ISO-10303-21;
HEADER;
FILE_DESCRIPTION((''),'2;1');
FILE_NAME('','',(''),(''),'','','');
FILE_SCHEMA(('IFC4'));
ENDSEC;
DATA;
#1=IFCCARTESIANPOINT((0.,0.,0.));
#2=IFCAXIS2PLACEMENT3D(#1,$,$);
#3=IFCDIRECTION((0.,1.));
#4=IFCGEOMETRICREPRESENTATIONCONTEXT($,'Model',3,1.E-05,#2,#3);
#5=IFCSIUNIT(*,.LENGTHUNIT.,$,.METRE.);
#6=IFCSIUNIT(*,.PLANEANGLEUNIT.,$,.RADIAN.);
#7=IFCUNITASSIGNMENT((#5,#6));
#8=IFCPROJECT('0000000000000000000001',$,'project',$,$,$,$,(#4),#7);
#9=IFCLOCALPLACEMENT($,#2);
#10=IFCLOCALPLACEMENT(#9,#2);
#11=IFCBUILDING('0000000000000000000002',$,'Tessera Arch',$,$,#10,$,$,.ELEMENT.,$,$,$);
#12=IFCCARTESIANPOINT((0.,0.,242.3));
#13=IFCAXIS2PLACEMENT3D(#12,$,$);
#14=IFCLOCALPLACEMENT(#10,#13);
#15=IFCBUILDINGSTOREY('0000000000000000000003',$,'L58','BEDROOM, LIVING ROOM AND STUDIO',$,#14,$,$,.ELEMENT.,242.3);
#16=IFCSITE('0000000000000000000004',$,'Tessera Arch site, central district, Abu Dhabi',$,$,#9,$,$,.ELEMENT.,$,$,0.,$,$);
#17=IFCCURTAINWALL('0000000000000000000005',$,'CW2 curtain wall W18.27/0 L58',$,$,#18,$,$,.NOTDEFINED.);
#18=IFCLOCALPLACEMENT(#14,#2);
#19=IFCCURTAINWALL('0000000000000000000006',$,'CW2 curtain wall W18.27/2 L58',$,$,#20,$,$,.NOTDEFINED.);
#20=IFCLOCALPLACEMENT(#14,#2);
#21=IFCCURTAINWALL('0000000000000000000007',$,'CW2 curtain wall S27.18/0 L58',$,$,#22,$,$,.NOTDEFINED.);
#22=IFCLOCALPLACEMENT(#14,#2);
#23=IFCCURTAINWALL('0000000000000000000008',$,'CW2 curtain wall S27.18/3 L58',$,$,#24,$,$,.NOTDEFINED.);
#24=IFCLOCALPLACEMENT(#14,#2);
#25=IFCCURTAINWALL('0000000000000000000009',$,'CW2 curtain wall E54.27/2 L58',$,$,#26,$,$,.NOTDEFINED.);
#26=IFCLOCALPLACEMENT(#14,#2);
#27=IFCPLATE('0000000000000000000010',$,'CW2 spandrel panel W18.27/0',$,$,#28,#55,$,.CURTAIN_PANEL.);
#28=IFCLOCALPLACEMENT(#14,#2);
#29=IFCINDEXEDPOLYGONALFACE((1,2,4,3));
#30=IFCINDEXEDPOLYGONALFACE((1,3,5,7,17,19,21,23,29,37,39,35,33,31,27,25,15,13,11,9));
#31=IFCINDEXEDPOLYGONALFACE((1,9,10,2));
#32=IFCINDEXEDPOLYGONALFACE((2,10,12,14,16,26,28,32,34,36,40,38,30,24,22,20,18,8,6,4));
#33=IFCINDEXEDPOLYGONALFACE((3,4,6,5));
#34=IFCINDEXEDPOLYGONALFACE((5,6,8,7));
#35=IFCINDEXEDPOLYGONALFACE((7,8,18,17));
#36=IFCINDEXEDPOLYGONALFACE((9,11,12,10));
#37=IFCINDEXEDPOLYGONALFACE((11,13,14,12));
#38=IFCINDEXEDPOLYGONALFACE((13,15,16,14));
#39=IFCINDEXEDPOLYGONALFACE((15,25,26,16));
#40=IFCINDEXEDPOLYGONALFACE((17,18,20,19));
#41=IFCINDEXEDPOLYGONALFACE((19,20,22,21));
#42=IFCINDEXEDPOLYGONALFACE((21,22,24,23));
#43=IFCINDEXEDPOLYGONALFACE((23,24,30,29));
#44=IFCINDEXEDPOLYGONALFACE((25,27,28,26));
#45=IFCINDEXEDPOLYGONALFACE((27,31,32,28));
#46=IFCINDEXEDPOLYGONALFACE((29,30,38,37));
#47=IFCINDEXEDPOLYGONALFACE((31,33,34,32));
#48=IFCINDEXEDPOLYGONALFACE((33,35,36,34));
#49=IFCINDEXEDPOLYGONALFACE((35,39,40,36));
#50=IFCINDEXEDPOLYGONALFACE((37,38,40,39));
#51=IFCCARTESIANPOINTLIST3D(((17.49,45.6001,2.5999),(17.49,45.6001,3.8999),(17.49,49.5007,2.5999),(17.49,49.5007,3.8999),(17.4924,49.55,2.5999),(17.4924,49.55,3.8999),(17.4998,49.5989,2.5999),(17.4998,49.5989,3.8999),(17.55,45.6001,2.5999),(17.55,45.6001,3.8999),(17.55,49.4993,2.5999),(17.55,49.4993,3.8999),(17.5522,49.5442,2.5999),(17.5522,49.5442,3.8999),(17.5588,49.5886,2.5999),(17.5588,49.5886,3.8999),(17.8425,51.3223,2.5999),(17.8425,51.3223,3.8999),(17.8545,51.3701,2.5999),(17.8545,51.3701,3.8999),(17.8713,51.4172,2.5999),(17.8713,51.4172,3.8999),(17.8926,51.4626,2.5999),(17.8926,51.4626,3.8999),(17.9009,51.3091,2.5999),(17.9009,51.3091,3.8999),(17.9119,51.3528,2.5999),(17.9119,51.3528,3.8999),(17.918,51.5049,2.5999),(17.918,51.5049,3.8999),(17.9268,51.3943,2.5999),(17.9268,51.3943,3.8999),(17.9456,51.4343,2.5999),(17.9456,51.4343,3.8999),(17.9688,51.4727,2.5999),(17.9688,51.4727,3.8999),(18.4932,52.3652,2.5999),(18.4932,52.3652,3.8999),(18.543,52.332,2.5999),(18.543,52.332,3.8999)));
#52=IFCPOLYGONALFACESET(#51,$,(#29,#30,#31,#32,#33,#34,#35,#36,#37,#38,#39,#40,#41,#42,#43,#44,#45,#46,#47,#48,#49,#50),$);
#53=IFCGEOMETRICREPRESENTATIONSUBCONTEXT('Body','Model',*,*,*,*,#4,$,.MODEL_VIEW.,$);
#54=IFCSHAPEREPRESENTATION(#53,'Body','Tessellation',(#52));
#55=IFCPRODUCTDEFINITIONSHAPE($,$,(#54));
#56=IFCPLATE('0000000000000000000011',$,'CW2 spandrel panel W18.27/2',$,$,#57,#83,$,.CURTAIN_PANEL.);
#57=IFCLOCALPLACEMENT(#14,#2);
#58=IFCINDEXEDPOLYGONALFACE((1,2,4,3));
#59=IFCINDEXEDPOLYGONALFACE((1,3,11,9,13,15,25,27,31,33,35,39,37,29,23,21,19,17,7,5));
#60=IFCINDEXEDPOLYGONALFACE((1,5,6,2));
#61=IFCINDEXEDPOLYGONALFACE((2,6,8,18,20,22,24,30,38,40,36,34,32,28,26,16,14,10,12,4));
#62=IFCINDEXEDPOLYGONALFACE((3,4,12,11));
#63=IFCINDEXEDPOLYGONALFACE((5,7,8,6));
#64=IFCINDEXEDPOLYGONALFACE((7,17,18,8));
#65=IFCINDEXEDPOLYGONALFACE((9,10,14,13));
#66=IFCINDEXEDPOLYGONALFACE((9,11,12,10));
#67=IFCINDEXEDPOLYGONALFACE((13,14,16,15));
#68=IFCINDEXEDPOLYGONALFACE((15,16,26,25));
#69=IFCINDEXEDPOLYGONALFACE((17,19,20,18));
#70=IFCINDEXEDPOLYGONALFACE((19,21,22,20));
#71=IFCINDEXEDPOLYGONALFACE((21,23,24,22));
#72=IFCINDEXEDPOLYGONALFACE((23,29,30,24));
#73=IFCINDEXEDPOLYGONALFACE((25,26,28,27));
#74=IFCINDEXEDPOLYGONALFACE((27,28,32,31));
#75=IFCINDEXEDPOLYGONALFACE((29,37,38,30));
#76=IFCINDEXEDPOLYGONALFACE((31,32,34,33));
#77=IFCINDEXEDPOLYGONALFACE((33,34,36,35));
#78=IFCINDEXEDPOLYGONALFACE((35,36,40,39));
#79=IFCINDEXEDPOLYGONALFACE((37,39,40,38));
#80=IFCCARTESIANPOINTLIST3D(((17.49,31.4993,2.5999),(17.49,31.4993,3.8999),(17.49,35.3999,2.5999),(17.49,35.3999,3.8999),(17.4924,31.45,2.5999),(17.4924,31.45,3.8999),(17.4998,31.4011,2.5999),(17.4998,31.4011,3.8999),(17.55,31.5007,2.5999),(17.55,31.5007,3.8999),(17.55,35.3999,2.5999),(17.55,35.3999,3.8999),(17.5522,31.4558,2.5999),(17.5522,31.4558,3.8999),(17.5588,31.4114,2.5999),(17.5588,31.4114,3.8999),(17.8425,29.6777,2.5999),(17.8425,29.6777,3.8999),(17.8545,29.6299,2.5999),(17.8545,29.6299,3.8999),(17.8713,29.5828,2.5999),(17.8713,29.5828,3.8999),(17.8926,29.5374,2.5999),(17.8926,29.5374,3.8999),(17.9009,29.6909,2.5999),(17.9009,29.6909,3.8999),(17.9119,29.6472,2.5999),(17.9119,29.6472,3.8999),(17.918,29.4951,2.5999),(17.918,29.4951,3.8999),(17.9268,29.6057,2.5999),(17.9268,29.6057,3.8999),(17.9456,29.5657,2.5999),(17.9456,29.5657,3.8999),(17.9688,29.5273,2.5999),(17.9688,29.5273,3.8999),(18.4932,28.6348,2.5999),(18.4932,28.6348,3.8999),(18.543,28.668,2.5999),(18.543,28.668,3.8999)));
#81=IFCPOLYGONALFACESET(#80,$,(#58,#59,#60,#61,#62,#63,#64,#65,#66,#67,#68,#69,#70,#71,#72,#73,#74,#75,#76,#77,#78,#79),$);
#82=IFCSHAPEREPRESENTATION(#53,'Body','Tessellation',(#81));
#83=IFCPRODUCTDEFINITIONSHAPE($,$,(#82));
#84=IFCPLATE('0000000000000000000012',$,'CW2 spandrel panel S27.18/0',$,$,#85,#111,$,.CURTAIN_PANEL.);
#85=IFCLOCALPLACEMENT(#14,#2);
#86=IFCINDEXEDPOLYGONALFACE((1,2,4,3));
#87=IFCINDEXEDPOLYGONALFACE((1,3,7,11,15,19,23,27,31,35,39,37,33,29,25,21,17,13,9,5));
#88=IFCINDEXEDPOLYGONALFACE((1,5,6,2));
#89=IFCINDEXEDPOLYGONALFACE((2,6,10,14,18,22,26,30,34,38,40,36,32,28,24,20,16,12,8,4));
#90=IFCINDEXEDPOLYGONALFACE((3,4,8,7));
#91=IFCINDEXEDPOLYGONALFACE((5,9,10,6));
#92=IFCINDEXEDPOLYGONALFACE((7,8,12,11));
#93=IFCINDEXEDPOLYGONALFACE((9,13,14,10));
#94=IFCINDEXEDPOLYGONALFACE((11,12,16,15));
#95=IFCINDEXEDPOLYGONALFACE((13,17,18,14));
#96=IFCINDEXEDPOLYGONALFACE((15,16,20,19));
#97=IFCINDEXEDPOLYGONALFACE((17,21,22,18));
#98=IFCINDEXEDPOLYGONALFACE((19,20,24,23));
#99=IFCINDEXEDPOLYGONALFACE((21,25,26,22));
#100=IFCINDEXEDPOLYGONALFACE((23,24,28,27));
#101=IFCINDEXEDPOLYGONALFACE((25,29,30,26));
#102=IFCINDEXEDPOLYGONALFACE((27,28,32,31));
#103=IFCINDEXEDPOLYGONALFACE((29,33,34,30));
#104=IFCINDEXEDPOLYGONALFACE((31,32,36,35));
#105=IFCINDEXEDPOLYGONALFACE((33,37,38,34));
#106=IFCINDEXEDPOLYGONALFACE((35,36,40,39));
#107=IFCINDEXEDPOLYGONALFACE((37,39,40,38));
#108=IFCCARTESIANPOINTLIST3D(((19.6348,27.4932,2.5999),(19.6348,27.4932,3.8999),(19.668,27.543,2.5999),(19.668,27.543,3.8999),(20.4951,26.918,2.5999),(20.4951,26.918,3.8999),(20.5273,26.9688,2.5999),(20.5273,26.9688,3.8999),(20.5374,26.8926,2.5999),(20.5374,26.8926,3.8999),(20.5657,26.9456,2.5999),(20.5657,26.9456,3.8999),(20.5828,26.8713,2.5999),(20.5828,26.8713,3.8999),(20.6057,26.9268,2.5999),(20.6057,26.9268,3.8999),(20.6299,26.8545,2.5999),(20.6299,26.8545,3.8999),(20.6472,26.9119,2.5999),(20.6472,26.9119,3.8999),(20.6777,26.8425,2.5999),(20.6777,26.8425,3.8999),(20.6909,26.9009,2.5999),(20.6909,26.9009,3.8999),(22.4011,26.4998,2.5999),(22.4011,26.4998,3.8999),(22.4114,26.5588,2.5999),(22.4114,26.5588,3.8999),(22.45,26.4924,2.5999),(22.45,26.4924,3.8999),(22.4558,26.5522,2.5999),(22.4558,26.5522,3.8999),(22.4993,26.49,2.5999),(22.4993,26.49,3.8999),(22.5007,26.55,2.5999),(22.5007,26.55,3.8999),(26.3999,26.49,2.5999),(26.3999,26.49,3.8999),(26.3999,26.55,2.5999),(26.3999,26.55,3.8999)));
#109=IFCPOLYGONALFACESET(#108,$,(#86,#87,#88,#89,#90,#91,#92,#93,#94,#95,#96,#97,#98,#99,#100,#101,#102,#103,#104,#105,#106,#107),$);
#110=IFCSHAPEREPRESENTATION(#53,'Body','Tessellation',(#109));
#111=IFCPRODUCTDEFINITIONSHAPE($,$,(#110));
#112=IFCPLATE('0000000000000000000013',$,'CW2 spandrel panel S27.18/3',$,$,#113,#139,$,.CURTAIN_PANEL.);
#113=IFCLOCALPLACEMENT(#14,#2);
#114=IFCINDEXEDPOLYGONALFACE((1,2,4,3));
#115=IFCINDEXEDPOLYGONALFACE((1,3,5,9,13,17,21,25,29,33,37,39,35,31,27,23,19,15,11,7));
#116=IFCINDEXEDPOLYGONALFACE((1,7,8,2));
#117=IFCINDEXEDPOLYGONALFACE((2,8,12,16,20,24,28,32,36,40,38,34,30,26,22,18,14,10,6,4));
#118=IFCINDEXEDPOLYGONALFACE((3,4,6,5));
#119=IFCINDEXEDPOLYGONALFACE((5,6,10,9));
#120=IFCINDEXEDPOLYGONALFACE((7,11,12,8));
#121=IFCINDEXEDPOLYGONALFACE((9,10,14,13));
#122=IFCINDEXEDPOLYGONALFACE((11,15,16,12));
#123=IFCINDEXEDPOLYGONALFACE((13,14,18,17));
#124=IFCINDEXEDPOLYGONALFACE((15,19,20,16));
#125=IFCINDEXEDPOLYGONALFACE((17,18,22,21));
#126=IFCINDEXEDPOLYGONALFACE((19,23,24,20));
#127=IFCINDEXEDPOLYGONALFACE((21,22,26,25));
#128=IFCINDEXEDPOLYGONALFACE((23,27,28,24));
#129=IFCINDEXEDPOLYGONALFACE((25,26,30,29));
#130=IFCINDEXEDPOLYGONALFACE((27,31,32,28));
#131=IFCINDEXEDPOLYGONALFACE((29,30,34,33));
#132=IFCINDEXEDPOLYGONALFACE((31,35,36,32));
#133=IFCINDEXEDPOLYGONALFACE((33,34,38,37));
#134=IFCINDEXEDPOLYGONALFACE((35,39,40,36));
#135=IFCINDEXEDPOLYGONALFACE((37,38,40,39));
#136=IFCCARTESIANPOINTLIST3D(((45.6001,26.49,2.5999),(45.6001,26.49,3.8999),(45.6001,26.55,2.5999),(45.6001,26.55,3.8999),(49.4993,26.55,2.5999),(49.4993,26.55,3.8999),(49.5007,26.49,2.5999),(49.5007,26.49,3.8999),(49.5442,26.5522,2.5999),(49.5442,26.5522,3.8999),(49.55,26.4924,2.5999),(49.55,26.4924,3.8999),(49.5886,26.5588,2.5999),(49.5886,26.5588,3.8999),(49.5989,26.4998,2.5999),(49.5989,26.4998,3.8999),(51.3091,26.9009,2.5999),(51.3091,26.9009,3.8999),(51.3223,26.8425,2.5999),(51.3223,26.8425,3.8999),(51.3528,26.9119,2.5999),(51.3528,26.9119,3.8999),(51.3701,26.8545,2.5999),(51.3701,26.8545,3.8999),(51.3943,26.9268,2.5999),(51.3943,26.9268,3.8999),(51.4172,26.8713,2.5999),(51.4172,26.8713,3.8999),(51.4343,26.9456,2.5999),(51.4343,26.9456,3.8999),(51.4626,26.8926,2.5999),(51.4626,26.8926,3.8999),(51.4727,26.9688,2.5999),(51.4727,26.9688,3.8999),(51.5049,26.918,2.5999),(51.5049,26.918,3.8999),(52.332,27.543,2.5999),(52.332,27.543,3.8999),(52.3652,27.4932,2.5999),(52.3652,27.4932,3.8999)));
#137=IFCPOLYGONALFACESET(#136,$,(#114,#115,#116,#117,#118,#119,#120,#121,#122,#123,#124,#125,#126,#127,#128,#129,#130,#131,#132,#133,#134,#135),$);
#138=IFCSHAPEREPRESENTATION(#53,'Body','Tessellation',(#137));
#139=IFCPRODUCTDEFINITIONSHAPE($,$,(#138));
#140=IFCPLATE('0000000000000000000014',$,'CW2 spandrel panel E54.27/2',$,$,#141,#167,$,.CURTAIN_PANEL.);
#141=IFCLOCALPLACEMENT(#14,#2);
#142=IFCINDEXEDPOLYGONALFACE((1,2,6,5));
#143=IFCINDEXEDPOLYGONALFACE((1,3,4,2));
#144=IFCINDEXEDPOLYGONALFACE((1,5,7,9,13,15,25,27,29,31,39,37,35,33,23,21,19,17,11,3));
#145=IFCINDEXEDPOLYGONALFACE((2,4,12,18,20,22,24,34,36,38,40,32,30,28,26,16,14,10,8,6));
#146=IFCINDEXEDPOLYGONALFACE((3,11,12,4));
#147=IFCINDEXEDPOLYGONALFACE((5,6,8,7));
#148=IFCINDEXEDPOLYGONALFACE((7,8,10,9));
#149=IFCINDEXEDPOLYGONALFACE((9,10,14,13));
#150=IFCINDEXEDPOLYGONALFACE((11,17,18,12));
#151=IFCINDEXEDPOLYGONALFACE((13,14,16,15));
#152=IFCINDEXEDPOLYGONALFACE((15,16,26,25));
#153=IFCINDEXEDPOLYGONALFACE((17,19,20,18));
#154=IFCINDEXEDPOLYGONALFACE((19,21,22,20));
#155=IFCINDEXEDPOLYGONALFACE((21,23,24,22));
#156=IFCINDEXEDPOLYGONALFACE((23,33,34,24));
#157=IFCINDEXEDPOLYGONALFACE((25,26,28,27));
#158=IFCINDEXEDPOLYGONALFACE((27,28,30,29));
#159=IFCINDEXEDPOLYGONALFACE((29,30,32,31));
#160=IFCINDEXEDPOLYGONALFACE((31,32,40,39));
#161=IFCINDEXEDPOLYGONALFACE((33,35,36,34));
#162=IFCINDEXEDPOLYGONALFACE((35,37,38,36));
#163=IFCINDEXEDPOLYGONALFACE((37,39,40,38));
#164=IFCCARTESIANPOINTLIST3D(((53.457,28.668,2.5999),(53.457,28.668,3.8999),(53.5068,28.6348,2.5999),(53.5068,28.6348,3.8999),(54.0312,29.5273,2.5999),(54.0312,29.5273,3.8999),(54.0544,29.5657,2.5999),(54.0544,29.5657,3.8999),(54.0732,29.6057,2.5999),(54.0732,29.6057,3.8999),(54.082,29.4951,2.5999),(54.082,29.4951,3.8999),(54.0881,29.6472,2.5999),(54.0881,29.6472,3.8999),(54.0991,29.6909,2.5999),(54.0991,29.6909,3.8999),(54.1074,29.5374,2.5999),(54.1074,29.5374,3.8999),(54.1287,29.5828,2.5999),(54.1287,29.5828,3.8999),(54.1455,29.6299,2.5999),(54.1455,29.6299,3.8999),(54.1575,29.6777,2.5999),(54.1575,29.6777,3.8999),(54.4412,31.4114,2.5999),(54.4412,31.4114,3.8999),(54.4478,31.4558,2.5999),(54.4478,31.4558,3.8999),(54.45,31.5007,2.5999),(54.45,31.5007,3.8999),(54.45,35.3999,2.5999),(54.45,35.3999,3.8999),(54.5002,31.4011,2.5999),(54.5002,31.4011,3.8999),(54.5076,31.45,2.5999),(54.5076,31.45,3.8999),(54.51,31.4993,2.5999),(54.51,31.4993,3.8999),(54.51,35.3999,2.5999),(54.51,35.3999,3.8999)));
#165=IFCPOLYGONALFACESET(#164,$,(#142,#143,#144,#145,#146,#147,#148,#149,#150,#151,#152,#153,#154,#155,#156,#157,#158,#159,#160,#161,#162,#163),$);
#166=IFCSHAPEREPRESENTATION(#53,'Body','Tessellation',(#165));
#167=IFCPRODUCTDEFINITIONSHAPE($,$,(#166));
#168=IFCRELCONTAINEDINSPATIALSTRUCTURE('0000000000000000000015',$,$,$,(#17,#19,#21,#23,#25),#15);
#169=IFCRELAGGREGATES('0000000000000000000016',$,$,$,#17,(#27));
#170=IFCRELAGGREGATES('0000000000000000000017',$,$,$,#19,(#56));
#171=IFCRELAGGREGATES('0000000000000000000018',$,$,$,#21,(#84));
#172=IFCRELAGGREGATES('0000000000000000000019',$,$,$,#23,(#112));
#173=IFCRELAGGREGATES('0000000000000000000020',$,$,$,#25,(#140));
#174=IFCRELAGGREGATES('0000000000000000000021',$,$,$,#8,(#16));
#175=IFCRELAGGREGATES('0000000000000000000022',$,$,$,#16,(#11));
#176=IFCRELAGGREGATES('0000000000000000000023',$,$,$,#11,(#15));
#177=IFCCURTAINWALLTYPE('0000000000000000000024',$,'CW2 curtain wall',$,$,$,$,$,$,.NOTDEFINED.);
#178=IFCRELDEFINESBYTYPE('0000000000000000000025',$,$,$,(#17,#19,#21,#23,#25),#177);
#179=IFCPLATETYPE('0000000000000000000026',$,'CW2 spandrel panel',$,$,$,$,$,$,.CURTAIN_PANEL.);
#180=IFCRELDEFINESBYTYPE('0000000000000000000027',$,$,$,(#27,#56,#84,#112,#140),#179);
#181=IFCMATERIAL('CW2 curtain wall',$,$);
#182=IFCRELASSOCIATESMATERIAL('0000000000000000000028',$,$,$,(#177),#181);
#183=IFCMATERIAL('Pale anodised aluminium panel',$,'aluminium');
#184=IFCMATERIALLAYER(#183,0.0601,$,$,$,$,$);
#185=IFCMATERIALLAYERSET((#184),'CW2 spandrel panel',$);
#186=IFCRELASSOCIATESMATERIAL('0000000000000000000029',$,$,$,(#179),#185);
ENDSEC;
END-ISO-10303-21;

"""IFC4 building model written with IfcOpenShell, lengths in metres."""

from ifc_helpers import new_model, si_unit, direction, frame, origin, place, context, subcontext, project, spatial, polyline, outline, extrude, material, layer, layer_set, type_object, element, aggregate, save


model = new_model("IFC4")

# Units and contexts
model_context = context("Model", 3, precision=1e-05, world=origin(), true_north=direction((0.0, 1.0)))
body_context = subcontext(model_context, "Body", "Model", "MODEL_VIEW")
ifc_project = project(units=[si_unit("LENGTHUNIT", "METRE"), si_unit("PLANEANGLEUNIT", "RADIAN")], contexts=[model_context])

# Site, building, storey
site_placement = place(None, origin())
site = spatial("IfcSite", under=ifc_project, at=site_placement, Name="Tessera Arch site, central district, Abu Dhabi", CompositionType="ELEMENT", RefElevation=0.0)
building_placement = place(site_placement, origin())
building = spatial("IfcBuilding", under=site, at=building_placement, Name="Tessera Arch", CompositionType="ELEMENT")
storey_placement = place(building_placement, frame((0.0, 0.0, 242.3)))
storey = spatial("IfcBuildingStorey", under=building, at=storey_placement, Name="L58", Description="BEDROOM, LIVING ROOM AND STUDIO", CompositionType="ELEMENT", Elevation=242.3)

# Curtain walls
ifc_material_1 = material(Name="CW2 curtain wall")
curtain_wall_type = type_object("IfcCurtainWallType", Name="CW2 curtain wall", PredefinedType="NOTDEFINED", material=ifc_material_1)
curtain_wall_1_placement = place(storey_placement, origin())
curtain_wall_1 = element("IfcCurtainWall", 1, at=curtain_wall_1_placement, inside=storey, type_object=curtain_wall_type, Name="CW2 curtain wall W18.27/0 L58", PredefinedType="NOTDEFINED")
curtain_wall_2_placement = place(storey_placement, origin())
curtain_wall_2 = element("IfcCurtainWall", 2, at=curtain_wall_2_placement, inside=storey, type_object=curtain_wall_type, Name="CW2 curtain wall W18.27/2 L58", PredefinedType="NOTDEFINED")
curtain_wall_3_placement = place(storey_placement, origin())
curtain_wall_3 = element("IfcCurtainWall", 3, at=curtain_wall_3_placement, inside=storey, type_object=curtain_wall_type, Name="CW2 curtain wall S27.18/0 L58", PredefinedType="NOTDEFINED")
curtain_wall_4_placement = place(storey_placement, origin())
curtain_wall_4 = element("IfcCurtainWall", 4, at=curtain_wall_4_placement, inside=storey, type_object=curtain_wall_type, Name="CW2 curtain wall S27.18/3 L58", PredefinedType="NOTDEFINED")
curtain_wall_5_placement = place(storey_placement, origin())
curtain_wall_5 = element("IfcCurtainWall", 5, at=curtain_wall_5_placement, inside=storey, type_object=curtain_wall_type, Name="CW2 curtain wall E54.27/2 L58", PredefinedType="NOTDEFINED")

# Plates
ifc_material_2 = material(Name="Pale anodised aluminium panel", Category="aluminium")
ifc_layer_1 = layer(ifc_material_2, 0.0601)
ifc_layer_set_1 = layer_set([ifc_layer_1], Name="CW2 spandrel panel")
plate_type_1 = type_object("IfcPlateType", Name="CW2 spandrel panel", PredefinedType="CURTAIN_PANEL", material=ifc_layer_set_1)
plate_1_placement = place(storey_placement, frame((0.0, 0.0, 2.5999)))
plate_1 = element("IfcPlate", 6, at=plate_1_placement, type_object=plate_type_1, Name="CW2 spandrel panel W18.27/0", PredefinedType="CURTAIN_PANEL", context=body_context, shape_type="SweptSolid", body=[
    extrude(outline(polyline([(17.9688, 51.4727), (18.543, 52.332), (18.4932, 52.3652), (17.918, 51.5049), (17.8926, 51.4626), (17.8713, 51.4172), (17.8545, 51.3701), (17.8425, 51.3223), (17.4998, 49.5989), (17.4924, 49.55), (17.49, 49.5007), (17.49, 45.6001), (17.55, 45.6001), (17.55, 49.4993), (17.5522, 49.5442), (17.5588, 49.5886), (17.9009, 51.3091), (17.9119, 51.3528), (17.9268, 51.3943), (17.9456, 51.4343), (17.9688, 51.4727)])), origin(), (0.0, 0.0, 1.0), 1.3),
])
aggregate(curtain_wall_1, [plate_1])
plate_2_placement = place(storey_placement, frame((0.0, 0.0, 2.5999)))
plate_2 = element("IfcPlate", 7, at=plate_2_placement, type_object=plate_type_1, Name="CW2 spandrel panel W18.27/2", PredefinedType="CURTAIN_PANEL", context=body_context, shape_type="SweptSolid", body=[
    extrude(outline(polyline([(17.55, 31.5007), (17.55, 35.3999), (17.49, 35.3999), (17.49, 31.4993), (17.4924, 31.45), (17.4998, 31.4011), (17.8425, 29.6777), (17.8545, 29.6299), (17.8713, 29.5828), (17.8926, 29.5374), (17.918, 29.4951), (18.4932, 28.6348), (18.543, 28.668), (17.9688, 29.5273), (17.9456, 29.5657), (17.9268, 29.6057), (17.9119, 29.6472), (17.9009, 29.6909), (17.5588, 31.4114), (17.5522, 31.4558), (17.55, 31.5007)])), origin(), (0.0, 0.0, 1.0), 1.3),
])
aggregate(curtain_wall_2, [plate_2])
plate_3_placement = place(storey_placement, frame((0.0, 0.0, 2.5999)))
plate_3 = element("IfcPlate", 8, at=plate_3_placement, type_object=plate_type_1, Name="CW2 spandrel panel S27.18/0", PredefinedType="CURTAIN_PANEL", context=body_context, shape_type="SweptSolid", body=[
    extrude(outline(polyline([(20.5273, 26.9688), (19.668, 27.543), (19.6348, 27.4932), (20.4951, 26.918), (20.5374, 26.8926), (20.5828, 26.8713), (20.6299, 26.8545), (20.6777, 26.8425), (22.4011, 26.4998), (22.45, 26.4924), (22.4993, 26.49), (26.3999, 26.49), (26.3999, 26.55), (22.5007, 26.55), (22.4558, 26.5522), (22.4114, 26.5588), (20.6909, 26.9009), (20.6472, 26.9119), (20.6057, 26.9268), (20.5657, 26.9456), (20.5273, 26.9688)])), origin(), (0.0, 0.0, 1.0), 1.3),
])
aggregate(curtain_wall_3, [plate_3])
plate_4_placement = place(storey_placement, frame((0.0, 0.0, 2.5999)))
plate_4 = element("IfcPlate", 9, at=plate_4_placement, type_object=plate_type_1, Name="CW2 spandrel panel S27.18/3", PredefinedType="CURTAIN_PANEL", context=body_context, shape_type="SweptSolid", body=[
    extrude(outline(polyline([(49.4993, 26.55), (45.6001, 26.55), (45.6001, 26.49), (49.5007, 26.49), (49.55, 26.4924), (49.5989, 26.4998), (51.3223, 26.8425), (51.3701, 26.8545), (51.4172, 26.8713), (51.4626, 26.8926), (51.5049, 26.918), (52.3652, 27.4932), (52.332, 27.543), (51.4727, 26.9688), (51.4343, 26.9456), (51.3943, 26.9268), (51.3528, 26.9119), (51.3091, 26.9009), (49.5886, 26.5588), (49.5442, 26.5522), (49.4993, 26.55)])), origin(), (0.0, 0.0, 1.0), 1.3),
])
aggregate(curtain_wall_4, [plate_4])
plate_5_placement = place(storey_placement, frame((0.0, 0.0, 2.5999)))
plate_5 = element("IfcPlate", 10, at=plate_5_placement, type_object=plate_type_1, Name="CW2 spandrel panel E54.27/2", PredefinedType="CURTAIN_PANEL", context=body_context, shape_type="SweptSolid", body=[
    extrude(outline(polyline([(54.0312, 29.5273), (53.457, 28.668), (53.5068, 28.6348), (54.082, 29.4951), (54.1074, 29.5374), (54.1287, 29.5828), (54.1455, 29.6299), (54.1575, 29.6777), (54.5002, 31.4011), (54.5076, 31.45), (54.51, 31.4993), (54.51, 35.3999), (54.45, 35.3999), (54.45, 31.5007), (54.4478, 31.4558), (54.4412, 31.4114), (54.0991, 29.6909), (54.0881, 29.6472), (54.0732, 29.6057), (54.0544, 29.5657), (54.0312, 29.5273)])), origin(), (0.0, 0.0, 1.0), 1.3),
])
aggregate(curtain_wall_5, [plate_5])

save(model, "model.ifc")
